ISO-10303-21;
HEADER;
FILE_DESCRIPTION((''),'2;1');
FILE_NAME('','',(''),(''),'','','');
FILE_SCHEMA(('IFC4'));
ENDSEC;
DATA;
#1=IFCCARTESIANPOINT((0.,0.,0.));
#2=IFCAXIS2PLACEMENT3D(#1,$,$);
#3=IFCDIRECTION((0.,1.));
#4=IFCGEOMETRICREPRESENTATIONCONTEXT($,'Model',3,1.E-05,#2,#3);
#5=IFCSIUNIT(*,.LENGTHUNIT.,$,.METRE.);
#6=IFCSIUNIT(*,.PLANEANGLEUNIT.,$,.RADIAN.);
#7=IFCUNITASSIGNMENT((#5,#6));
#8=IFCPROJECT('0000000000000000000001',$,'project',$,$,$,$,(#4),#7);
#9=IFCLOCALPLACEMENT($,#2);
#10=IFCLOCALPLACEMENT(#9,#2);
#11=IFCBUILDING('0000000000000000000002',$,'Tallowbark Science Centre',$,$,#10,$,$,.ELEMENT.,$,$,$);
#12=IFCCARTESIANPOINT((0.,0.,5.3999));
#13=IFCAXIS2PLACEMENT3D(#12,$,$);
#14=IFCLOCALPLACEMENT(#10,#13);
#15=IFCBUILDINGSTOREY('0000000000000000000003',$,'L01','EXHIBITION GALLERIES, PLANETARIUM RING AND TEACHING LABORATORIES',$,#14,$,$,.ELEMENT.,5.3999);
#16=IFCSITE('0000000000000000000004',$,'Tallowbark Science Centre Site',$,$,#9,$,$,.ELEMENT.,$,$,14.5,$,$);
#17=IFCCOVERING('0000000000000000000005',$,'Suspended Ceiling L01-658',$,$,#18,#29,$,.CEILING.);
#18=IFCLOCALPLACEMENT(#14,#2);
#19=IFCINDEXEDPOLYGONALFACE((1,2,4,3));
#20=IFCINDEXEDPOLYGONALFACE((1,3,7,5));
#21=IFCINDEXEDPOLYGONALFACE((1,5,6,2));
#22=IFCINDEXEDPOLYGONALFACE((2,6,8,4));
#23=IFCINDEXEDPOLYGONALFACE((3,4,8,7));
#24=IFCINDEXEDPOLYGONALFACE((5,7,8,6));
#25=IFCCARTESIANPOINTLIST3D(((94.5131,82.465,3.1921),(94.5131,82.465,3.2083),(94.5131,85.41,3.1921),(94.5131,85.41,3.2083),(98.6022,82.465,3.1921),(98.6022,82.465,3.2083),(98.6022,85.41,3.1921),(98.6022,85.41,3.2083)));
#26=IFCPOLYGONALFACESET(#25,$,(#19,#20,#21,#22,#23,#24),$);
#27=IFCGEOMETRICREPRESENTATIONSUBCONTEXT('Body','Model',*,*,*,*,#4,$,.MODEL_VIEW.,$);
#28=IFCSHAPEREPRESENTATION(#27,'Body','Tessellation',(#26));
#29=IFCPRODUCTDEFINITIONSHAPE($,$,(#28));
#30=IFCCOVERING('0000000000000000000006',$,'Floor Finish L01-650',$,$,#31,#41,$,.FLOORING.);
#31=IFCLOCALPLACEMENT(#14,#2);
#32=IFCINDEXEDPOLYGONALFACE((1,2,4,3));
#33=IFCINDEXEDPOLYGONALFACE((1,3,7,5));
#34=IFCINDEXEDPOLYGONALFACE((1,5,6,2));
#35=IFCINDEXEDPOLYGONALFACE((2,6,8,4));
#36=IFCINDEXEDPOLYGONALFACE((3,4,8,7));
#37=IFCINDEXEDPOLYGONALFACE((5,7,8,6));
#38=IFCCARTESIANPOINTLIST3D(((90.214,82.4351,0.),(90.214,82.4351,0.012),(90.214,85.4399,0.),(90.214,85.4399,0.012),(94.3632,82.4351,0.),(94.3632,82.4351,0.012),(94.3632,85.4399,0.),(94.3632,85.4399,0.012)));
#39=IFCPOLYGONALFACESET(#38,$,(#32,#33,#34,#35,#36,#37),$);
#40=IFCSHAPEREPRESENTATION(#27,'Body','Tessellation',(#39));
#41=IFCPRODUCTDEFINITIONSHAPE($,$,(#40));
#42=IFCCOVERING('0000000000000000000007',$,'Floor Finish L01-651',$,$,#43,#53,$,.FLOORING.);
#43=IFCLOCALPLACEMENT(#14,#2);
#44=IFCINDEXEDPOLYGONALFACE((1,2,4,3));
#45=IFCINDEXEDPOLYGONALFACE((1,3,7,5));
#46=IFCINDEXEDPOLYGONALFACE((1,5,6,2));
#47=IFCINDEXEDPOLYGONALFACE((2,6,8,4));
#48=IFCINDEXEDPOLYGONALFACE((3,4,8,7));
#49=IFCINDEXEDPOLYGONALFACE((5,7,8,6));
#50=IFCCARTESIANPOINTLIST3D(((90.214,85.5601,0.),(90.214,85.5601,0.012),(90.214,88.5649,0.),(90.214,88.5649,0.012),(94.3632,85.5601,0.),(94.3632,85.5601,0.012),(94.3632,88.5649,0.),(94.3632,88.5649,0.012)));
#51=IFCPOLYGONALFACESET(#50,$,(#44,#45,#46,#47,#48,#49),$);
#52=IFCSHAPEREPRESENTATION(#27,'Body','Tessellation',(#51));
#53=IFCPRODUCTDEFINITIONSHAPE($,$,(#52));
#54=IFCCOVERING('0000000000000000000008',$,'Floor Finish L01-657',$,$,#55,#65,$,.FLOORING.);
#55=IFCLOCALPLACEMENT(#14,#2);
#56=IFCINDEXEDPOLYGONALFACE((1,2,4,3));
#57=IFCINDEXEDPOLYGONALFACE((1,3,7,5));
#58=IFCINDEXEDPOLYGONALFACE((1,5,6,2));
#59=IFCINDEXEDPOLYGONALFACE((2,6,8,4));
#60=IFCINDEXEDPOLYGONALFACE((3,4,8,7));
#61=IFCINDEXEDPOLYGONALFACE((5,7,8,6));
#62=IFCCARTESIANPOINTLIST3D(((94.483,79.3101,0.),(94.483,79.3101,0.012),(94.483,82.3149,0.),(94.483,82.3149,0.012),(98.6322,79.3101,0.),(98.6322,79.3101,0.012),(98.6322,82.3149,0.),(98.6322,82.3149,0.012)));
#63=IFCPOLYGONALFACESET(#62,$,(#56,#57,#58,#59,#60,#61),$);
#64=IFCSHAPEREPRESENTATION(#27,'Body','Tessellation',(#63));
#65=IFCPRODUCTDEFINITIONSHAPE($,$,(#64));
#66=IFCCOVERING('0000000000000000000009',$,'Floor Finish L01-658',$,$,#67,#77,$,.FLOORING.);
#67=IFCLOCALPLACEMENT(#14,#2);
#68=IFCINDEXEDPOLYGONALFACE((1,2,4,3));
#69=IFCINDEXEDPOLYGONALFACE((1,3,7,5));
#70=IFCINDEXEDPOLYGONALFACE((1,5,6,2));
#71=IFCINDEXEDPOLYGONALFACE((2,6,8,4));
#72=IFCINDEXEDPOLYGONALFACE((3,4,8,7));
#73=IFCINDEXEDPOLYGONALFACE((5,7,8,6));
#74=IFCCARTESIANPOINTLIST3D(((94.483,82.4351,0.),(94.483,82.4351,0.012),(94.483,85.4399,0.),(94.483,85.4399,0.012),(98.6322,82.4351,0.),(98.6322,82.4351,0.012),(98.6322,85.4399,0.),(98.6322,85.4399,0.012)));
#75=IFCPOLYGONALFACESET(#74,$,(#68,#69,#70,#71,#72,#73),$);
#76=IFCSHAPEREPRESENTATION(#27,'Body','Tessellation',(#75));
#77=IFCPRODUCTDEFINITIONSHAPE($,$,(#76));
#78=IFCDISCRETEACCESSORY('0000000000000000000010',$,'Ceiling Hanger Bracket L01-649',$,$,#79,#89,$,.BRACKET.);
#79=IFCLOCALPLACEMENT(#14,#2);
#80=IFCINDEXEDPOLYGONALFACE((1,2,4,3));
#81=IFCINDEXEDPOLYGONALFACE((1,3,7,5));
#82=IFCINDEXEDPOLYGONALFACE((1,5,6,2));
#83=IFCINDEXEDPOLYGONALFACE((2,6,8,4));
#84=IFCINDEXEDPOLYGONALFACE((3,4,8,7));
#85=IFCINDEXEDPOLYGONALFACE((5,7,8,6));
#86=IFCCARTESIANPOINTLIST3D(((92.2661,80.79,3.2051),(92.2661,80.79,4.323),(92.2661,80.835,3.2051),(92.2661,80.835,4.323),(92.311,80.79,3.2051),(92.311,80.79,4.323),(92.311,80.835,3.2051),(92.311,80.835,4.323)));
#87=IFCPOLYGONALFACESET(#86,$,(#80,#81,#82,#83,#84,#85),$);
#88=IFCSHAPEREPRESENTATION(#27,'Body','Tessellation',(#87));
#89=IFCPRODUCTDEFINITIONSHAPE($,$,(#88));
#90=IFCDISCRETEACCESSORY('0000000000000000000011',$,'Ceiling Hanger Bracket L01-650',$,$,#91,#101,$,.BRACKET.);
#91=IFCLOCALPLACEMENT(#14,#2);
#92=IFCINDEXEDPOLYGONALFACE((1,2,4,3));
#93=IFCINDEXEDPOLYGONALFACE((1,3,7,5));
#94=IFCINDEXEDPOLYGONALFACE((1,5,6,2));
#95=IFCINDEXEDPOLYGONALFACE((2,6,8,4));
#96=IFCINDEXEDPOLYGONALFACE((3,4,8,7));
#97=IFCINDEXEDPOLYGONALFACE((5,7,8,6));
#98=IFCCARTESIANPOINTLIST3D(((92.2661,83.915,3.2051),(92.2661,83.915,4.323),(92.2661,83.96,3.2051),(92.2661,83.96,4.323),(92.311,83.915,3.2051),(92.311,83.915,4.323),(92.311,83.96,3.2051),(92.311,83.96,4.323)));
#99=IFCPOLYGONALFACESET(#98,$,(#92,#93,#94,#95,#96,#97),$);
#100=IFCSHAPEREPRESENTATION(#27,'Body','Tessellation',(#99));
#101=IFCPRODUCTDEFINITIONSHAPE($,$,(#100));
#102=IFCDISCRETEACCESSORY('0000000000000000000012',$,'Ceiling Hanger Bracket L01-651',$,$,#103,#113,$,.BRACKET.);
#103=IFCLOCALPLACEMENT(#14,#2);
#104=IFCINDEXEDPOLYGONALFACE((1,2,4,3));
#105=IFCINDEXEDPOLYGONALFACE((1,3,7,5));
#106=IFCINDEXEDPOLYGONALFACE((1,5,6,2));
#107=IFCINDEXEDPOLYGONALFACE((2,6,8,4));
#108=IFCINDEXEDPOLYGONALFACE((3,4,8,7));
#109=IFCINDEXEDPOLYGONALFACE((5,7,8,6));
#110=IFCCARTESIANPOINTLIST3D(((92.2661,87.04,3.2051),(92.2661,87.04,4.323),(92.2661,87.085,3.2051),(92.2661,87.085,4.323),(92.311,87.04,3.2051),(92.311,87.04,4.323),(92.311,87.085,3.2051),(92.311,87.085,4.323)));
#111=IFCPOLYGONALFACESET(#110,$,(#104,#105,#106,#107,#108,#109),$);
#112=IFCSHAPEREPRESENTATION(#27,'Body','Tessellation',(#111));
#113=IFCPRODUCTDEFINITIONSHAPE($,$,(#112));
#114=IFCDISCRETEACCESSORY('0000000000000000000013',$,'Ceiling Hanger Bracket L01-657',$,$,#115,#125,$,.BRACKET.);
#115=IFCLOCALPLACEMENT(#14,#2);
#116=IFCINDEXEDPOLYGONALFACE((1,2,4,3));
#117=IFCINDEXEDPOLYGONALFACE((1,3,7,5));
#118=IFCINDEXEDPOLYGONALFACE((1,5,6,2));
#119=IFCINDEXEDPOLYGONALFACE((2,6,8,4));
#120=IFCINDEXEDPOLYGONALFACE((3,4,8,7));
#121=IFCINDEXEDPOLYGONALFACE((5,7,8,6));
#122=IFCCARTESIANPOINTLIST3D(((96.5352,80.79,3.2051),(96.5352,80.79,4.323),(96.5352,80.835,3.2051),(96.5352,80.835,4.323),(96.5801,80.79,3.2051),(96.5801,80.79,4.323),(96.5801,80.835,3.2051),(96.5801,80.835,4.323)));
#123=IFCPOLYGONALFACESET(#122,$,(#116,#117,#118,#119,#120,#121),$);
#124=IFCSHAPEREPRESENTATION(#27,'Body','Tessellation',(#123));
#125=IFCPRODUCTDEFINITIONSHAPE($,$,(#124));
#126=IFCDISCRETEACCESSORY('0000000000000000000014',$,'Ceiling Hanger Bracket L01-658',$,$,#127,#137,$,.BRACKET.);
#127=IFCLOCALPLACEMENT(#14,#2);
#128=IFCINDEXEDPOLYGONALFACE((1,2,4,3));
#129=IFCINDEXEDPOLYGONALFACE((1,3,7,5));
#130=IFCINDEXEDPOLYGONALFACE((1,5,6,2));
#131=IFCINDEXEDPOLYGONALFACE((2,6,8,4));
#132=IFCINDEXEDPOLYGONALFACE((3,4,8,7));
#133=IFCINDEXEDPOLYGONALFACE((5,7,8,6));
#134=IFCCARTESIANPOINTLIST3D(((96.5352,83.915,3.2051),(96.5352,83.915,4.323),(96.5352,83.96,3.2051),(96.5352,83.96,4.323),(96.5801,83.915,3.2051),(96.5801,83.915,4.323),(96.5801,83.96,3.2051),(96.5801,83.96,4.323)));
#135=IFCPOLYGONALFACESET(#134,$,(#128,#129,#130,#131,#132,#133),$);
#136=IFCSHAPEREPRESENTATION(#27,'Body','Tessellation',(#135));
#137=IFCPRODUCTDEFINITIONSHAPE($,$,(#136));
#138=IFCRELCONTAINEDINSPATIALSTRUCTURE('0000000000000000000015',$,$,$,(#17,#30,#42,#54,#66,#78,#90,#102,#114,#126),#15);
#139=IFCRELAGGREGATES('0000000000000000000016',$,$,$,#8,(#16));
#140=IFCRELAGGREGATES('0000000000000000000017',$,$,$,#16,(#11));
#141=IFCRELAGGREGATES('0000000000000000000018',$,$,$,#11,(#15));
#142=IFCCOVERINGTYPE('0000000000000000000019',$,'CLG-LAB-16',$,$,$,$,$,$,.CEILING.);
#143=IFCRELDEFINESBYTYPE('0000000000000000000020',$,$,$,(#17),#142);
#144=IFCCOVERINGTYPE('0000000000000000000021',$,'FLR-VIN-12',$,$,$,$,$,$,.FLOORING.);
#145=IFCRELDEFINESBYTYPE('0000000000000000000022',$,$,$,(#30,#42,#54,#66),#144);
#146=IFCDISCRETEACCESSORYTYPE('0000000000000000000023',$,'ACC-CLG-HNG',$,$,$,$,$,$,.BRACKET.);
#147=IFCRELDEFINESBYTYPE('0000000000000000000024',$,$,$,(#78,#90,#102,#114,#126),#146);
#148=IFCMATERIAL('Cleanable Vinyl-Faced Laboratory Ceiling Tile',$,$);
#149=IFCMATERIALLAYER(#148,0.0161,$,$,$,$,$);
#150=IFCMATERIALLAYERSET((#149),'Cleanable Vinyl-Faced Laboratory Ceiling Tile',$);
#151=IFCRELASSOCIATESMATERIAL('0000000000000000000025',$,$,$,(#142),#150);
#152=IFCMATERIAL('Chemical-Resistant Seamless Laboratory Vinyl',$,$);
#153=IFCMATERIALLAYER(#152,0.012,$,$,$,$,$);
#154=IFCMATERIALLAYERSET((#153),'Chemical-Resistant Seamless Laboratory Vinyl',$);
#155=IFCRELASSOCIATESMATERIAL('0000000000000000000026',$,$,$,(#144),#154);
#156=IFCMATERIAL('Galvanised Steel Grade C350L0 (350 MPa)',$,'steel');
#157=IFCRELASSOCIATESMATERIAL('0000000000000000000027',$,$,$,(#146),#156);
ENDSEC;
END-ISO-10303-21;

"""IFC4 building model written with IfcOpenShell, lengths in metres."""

from ifc_helpers import new_model, si_unit, direction, frame, origin, origin_2d, place, context, subcontext, project, spatial, rectangle, extrude, material, layer, layer_set, type_object, element, save


model = new_model("IFC4")

# Units and contexts
model_context = context("Model", 3, precision=1e-05, world=origin(), true_north=direction((0.0, 1.0)))
body_context = subcontext(model_context, "Body", "Model", "MODEL_VIEW")
ifc_project = project(units=[si_unit("LENGTHUNIT", "METRE"), si_unit("PLANEANGLEUNIT", "RADIAN")], contexts=[model_context])

# Site, building, storey
site_placement = place(None, origin())
site = spatial("IfcSite", under=ifc_project, at=site_placement, Name="Tallowbark Science Centre Site", CompositionType="ELEMENT", RefElevation=14.5)
building_placement = place(site_placement, origin())
building = spatial("IfcBuilding", under=site, at=building_placement, Name="Tallowbark Science Centre", CompositionType="ELEMENT")
storey_placement = place(building_placement, frame((0.0, 0.0, 5.3999)))
storey = spatial("IfcBuildingStorey", under=building, at=storey_placement, Name="L01", Description="EXHIBITION GALLERIES, PLANETARIUM RING AND TEACHING LABORATORIES", CompositionType="ELEMENT", Elevation=5.3999)

# Coverings
ifc_material_1 = material(Name="Cleanable Vinyl-Faced Laboratory Ceiling Tile")
ifc_layer_1 = layer(ifc_material_1, 0.0161)
ifc_layer_set_1 = layer_set([ifc_layer_1], Name="Cleanable Vinyl-Faced Laboratory Ceiling Tile")
covering_type_1 = type_object("IfcCoveringType", Name="CLG-LAB-16", PredefinedType="CEILING", material=ifc_layer_set_1)
for number, where, z_axis, x_axis, name in (
    (1, (96.5576, 83.9375, 3.1921), (0.0, 0.0, 1.0), (1.0, 0.0, 0.0), "Suspended Ceiling L01-658"),
):
    element("IfcCovering", number, at=place(storey_placement, frame(where, z_axis=z_axis, x_axis=x_axis)), inside=storey, type_object=covering_type_1, Name=name, PredefinedType="CEILING", context=body_context, shape_type="SweptSolid", body=[
        extrude(rectangle(XDim=4.0891, YDim=2.9451, at=origin_2d()), origin(), (0.0, 0.0, 1.0), 0.0161),
    ])
ifc_material_2 = material(Name="Chemical-Resistant Seamless Laboratory Vinyl")
ifc_layer_2 = layer(ifc_material_2, 0.012)
ifc_layer_set_2 = layer_set([ifc_layer_2], Name="Chemical-Resistant Seamless Laboratory Vinyl")
covering_type_2 = type_object("IfcCoveringType", Name="FLR-VIN-12", PredefinedType="FLOORING", material=ifc_layer_set_2)
for number, where, z_axis, x_axis, name in (
    (2, (92.2886, 83.9375, 0.0), (0.0, 0.0, 1.0), (1.0, 0.0, 0.0), "Floor Finish L01-650"),
    (3, (92.2886, 87.0625, 0.0), (0.0, 0.0, 1.0), (1.0, 0.0, 0.0), "Floor Finish L01-651"),
    (4, (96.5576, 80.8125, 0.0), (0.0, 0.0, 1.0), (1.0, 0.0, 0.0), "Floor Finish L01-657"),
    (5, (96.5576, 83.9375, 0.0), (0.0, 0.0, 1.0), (1.0, 0.0, 0.0), "Floor Finish L01-658"),
):
    element("IfcCovering", number, at=place(storey_placement, frame(where, z_axis=z_axis, x_axis=x_axis)), inside=storey, type_object=covering_type_2, Name=name, PredefinedType="FLOORING", context=body_context, shape_type="SweptSolid", body=[
        extrude(rectangle(XDim=4.1492, YDim=3.0049, at=origin_2d()), origin(), (0.0, 0.0, 1.0), 0.012),
    ])

# Discrete accessories
ifc_material_3 = material(Name="Galvanised Steel Grade C350L0 (350 MPa)", Category="steel")
discrete_accessory_type = type_object("IfcDiscreteAccessoryType", Name="ACC-CLG-HNG", PredefinedType="BRACKET", material=ifc_material_3)
for number, where, z_axis, x_axis, name in (
    (6, (92.2886, 80.8125, 3.2051), (0.0, 0.0, 1.0), (1.0, 0.0, 0.0), "Ceiling Hanger Bracket L01-649"),
    (7, (92.2886, 83.9375, 3.2051), (0.0, 0.0, 1.0), (1.0, 0.0, 0.0), "Ceiling Hanger Bracket L01-650"),
    (8, (92.2886, 87.0625, 3.2051), (0.0, 0.0, 1.0), (1.0, 0.0, 0.0), "Ceiling Hanger Bracket L01-651"),
    (9, (96.5576, 80.8125, 3.2051), (0.0, 0.0, 1.0), (1.0, 0.0, 0.0), "Ceiling Hanger Bracket L01-657"),
    (10, (96.5576, 83.9375, 3.2051), (0.0, 0.0, 1.0), (1.0, 0.0, 0.0), "Ceiling Hanger Bracket L01-658"),
):
    element("IfcDiscreteAccessory", number, at=place(storey_placement, frame(where, z_axis=z_axis, x_axis=x_axis)), inside=storey, type_object=discrete_accessory_type, Name=name, PredefinedType="BRACKET", context=body_context, shape_type="SweptSolid", body=[
        extrude(rectangle(XDim=0.0449, YDim=0.0449, at=origin_2d()), origin(), (0.0, 0.0, 1.0), 1.1179),
    ])

save(model, "model.ifc")
